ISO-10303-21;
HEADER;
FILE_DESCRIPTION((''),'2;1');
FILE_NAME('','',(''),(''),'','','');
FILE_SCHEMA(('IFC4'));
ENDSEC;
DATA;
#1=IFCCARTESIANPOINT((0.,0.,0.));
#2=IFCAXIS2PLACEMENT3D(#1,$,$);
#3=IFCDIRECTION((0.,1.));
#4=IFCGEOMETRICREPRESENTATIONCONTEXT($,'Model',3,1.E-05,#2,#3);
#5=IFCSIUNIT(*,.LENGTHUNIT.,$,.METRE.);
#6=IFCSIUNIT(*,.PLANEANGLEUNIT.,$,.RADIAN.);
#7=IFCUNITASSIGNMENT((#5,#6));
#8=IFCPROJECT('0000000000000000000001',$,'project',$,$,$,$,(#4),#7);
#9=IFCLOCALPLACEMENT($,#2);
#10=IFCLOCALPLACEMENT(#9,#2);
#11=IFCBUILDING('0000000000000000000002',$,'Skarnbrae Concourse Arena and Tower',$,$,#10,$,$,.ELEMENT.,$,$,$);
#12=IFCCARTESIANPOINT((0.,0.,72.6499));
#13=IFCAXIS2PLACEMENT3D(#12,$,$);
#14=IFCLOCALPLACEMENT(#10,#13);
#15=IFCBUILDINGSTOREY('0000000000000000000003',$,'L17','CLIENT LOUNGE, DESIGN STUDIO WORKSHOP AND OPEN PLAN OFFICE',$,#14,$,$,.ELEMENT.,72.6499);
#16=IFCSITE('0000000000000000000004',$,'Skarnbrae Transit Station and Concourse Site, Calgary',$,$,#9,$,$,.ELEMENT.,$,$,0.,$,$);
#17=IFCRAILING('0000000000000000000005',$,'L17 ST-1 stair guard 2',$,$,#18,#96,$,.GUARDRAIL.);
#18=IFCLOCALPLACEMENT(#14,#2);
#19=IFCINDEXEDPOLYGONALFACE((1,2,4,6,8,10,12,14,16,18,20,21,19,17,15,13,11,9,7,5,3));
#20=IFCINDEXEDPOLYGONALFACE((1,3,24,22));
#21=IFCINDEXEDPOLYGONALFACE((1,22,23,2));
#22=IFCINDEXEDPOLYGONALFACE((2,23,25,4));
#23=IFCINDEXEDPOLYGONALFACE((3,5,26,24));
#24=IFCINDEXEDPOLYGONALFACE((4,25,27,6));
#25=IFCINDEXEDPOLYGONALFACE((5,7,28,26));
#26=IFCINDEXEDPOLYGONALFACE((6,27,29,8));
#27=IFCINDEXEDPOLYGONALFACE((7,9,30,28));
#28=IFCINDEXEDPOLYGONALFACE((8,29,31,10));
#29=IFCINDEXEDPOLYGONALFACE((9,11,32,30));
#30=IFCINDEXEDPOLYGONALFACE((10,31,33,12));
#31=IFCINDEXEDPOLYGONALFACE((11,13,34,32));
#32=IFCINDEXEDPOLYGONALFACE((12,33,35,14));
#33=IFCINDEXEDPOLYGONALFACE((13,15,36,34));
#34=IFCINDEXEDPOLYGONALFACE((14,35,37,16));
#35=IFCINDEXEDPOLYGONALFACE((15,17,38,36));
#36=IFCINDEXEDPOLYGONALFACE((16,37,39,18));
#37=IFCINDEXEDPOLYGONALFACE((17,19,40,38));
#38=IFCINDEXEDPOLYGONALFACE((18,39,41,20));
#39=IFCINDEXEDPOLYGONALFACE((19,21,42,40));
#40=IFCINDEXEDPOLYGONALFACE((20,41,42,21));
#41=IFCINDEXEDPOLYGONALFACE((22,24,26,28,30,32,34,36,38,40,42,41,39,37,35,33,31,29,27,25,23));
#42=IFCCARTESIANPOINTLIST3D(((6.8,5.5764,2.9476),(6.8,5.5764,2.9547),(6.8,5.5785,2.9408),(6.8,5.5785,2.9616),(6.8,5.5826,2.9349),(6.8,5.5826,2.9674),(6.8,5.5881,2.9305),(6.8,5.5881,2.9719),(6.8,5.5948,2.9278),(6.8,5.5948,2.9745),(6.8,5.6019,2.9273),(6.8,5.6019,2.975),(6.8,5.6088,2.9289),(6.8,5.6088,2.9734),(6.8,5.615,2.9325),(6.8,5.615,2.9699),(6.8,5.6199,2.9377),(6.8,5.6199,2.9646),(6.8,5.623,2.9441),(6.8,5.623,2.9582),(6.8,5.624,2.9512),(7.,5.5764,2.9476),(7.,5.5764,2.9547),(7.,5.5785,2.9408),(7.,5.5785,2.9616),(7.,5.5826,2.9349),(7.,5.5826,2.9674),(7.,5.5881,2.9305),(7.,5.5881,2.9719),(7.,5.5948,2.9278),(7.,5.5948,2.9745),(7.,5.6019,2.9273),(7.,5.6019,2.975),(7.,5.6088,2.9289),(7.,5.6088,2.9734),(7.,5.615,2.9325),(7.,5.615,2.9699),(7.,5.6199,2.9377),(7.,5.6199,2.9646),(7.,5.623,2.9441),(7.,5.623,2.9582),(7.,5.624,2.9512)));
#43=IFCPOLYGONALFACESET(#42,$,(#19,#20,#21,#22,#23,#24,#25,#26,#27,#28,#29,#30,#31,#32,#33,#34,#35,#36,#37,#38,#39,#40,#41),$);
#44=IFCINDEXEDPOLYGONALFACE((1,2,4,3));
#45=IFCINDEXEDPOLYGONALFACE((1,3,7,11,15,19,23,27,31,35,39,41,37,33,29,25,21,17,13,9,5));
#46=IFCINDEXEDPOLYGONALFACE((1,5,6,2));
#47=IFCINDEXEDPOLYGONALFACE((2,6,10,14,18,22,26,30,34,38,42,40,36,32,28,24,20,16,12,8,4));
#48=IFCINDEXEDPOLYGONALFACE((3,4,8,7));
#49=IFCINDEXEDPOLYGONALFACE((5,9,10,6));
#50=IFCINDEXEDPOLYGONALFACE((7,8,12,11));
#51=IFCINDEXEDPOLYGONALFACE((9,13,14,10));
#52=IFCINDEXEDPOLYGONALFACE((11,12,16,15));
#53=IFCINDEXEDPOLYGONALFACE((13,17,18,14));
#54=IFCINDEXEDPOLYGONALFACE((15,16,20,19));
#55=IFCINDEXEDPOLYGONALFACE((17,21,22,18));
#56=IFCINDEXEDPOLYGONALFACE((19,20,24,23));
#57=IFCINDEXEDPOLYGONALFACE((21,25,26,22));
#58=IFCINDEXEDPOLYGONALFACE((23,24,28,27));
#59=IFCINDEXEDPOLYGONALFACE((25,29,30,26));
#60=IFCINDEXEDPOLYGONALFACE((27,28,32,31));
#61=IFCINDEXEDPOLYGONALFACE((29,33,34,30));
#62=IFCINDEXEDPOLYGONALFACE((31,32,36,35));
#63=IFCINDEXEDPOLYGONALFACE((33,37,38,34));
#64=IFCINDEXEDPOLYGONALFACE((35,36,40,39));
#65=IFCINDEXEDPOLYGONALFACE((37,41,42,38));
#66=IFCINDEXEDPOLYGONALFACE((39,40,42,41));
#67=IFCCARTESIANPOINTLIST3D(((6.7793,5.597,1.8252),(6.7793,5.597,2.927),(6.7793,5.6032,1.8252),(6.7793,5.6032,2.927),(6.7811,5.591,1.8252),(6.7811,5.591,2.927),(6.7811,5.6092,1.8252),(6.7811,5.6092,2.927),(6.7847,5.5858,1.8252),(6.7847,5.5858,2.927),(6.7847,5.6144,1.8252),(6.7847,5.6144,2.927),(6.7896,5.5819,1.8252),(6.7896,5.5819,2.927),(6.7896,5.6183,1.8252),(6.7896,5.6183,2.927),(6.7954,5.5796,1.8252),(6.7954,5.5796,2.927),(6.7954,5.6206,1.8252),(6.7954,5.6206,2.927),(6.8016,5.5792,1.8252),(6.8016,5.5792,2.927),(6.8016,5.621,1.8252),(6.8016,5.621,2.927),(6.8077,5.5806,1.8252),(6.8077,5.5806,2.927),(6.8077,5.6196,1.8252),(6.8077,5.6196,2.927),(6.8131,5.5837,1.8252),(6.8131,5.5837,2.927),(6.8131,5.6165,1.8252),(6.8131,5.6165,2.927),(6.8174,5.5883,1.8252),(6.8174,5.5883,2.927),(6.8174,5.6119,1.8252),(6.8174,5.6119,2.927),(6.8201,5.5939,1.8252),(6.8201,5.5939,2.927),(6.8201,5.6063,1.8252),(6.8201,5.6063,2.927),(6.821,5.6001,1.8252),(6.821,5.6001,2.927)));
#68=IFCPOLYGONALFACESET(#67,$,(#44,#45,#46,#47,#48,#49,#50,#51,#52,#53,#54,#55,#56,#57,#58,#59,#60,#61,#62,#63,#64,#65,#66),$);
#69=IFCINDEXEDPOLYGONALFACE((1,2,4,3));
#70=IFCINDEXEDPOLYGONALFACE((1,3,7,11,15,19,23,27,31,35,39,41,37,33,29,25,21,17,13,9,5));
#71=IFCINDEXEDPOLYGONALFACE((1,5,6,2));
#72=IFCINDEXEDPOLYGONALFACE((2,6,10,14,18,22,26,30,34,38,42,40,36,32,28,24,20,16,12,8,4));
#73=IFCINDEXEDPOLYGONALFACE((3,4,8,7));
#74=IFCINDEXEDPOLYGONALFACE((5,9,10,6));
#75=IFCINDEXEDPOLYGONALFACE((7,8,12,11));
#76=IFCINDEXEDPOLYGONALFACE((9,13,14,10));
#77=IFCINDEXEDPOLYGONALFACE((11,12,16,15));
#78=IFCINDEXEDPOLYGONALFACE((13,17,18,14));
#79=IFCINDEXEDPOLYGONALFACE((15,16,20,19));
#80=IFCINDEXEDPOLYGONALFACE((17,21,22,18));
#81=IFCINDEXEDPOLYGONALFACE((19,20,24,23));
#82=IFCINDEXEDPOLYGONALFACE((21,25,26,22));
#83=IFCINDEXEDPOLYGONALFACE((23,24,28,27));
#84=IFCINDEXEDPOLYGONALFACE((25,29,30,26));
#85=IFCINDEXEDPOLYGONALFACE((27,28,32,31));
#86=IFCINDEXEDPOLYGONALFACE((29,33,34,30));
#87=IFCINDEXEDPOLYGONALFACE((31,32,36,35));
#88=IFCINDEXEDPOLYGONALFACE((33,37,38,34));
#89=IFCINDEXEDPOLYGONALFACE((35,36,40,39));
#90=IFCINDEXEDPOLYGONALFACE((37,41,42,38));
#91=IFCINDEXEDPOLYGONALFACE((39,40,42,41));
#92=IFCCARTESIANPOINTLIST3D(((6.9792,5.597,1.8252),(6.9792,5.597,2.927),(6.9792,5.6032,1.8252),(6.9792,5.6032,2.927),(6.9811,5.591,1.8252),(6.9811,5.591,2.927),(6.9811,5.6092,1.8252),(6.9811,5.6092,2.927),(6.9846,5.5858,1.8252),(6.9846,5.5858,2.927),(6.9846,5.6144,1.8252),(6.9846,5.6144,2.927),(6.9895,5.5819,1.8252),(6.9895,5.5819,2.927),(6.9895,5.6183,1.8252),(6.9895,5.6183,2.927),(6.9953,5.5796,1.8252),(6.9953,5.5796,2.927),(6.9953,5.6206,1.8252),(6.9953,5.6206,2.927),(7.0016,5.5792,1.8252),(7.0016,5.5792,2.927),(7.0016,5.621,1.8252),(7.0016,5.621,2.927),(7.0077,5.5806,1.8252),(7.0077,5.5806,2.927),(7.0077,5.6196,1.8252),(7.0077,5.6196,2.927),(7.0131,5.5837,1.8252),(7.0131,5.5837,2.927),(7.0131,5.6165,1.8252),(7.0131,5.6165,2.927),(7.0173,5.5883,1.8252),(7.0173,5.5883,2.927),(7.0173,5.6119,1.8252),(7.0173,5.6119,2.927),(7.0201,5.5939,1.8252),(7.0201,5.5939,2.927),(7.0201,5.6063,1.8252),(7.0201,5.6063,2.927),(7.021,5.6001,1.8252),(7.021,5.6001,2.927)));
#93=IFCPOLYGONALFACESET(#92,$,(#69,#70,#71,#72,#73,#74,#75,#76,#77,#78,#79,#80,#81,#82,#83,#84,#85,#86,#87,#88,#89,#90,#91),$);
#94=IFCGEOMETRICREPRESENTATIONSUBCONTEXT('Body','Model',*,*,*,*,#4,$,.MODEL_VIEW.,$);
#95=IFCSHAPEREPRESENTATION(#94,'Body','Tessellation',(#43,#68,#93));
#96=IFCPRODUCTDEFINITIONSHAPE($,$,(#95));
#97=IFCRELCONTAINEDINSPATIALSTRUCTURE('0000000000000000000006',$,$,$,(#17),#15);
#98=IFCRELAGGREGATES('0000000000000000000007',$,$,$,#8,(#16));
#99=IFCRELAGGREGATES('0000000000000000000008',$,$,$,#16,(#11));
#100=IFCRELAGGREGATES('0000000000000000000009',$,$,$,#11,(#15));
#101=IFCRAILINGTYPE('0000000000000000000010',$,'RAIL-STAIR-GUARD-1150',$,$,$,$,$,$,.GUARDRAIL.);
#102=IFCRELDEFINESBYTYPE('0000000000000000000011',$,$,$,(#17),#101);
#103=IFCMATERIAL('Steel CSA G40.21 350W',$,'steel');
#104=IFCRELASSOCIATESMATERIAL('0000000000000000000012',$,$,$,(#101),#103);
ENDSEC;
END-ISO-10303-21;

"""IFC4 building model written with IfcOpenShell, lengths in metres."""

from ifc_helpers import new_model, si_unit, direction, frame, origin, origin_2d, place, context, subcontext, project, spatial, circle, extrude, material, type_object, element, save


model = new_model("IFC4")

# Units and contexts
model_context = context("Model", 3, precision=1e-05, world=origin(), true_north=direction((0.0, 1.0)))
body_context = subcontext(model_context, "Body", "Model", "MODEL_VIEW")
ifc_project = project(units=[si_unit("LENGTHUNIT", "METRE"), si_unit("PLANEANGLEUNIT", "RADIAN")], contexts=[model_context])

# Site, building, storey
site_placement = place(None, origin())
site = spatial("IfcSite", under=ifc_project, at=site_placement, Name="Skarnbrae Transit Station and Concourse Site, Calgary", CompositionType="ELEMENT", RefElevation=0.0)
building_placement = place(site_placement, origin())
building = spatial("IfcBuilding", under=site, at=building_placement, Name="Skarnbrae Concourse Arena and Tower", CompositionType="ELEMENT")
storey_placement = place(building_placement, frame((0.0, 0.0, 72.6499)))
storey = spatial("IfcBuildingStorey", under=building, at=storey_placement, Name="L17", Description="CLIENT LOUNGE, DESIGN STUDIO WORKSHOP AND OPEN PLAN OFFICE", CompositionType="ELEMENT", Elevation=72.6499)

# Shared definitions
ifc_material_1 = material(Name="Steel CSA G40.21 350W", Category="steel")

# Railing
railing_type_1 = type_object("IfcRailingType", Name="RAIL-STAIR-GUARD-1150", PredefinedType="GUARDRAIL", material=ifc_material_1)
railing_1_placement = place(storey_placement, frame((6.8, 5.6001, 1.8252)))
element("IfcRailing", 1, at=railing_1_placement, inside=storey, type_object=railing_type_1, Name="L17 ST-1 stair guard 2", PredefinedType="GUARDRAIL", context=body_context, shape_type="SweptSolid", body=[
    extrude(circle(Radius=0.0239, at=origin_2d()), frame((0.0, 0.0, 1.126), z_axis=(1.0, 0.0, 0.0), x_axis=(0.0, 1.0, 0.0)), (0.0, 0.0, 1.0), 0.2),
    extrude(circle(Radius=0.021, at=origin_2d()), origin(), (0.0, 0.0, 1.0), 1.1018),
    extrude(circle(Radius=0.021, at=origin_2d()), frame((0.2, 0.0, 0.0)), (0.0, 0.0, 1.0), 1.1018),
])

save(model, "model.ifc")
